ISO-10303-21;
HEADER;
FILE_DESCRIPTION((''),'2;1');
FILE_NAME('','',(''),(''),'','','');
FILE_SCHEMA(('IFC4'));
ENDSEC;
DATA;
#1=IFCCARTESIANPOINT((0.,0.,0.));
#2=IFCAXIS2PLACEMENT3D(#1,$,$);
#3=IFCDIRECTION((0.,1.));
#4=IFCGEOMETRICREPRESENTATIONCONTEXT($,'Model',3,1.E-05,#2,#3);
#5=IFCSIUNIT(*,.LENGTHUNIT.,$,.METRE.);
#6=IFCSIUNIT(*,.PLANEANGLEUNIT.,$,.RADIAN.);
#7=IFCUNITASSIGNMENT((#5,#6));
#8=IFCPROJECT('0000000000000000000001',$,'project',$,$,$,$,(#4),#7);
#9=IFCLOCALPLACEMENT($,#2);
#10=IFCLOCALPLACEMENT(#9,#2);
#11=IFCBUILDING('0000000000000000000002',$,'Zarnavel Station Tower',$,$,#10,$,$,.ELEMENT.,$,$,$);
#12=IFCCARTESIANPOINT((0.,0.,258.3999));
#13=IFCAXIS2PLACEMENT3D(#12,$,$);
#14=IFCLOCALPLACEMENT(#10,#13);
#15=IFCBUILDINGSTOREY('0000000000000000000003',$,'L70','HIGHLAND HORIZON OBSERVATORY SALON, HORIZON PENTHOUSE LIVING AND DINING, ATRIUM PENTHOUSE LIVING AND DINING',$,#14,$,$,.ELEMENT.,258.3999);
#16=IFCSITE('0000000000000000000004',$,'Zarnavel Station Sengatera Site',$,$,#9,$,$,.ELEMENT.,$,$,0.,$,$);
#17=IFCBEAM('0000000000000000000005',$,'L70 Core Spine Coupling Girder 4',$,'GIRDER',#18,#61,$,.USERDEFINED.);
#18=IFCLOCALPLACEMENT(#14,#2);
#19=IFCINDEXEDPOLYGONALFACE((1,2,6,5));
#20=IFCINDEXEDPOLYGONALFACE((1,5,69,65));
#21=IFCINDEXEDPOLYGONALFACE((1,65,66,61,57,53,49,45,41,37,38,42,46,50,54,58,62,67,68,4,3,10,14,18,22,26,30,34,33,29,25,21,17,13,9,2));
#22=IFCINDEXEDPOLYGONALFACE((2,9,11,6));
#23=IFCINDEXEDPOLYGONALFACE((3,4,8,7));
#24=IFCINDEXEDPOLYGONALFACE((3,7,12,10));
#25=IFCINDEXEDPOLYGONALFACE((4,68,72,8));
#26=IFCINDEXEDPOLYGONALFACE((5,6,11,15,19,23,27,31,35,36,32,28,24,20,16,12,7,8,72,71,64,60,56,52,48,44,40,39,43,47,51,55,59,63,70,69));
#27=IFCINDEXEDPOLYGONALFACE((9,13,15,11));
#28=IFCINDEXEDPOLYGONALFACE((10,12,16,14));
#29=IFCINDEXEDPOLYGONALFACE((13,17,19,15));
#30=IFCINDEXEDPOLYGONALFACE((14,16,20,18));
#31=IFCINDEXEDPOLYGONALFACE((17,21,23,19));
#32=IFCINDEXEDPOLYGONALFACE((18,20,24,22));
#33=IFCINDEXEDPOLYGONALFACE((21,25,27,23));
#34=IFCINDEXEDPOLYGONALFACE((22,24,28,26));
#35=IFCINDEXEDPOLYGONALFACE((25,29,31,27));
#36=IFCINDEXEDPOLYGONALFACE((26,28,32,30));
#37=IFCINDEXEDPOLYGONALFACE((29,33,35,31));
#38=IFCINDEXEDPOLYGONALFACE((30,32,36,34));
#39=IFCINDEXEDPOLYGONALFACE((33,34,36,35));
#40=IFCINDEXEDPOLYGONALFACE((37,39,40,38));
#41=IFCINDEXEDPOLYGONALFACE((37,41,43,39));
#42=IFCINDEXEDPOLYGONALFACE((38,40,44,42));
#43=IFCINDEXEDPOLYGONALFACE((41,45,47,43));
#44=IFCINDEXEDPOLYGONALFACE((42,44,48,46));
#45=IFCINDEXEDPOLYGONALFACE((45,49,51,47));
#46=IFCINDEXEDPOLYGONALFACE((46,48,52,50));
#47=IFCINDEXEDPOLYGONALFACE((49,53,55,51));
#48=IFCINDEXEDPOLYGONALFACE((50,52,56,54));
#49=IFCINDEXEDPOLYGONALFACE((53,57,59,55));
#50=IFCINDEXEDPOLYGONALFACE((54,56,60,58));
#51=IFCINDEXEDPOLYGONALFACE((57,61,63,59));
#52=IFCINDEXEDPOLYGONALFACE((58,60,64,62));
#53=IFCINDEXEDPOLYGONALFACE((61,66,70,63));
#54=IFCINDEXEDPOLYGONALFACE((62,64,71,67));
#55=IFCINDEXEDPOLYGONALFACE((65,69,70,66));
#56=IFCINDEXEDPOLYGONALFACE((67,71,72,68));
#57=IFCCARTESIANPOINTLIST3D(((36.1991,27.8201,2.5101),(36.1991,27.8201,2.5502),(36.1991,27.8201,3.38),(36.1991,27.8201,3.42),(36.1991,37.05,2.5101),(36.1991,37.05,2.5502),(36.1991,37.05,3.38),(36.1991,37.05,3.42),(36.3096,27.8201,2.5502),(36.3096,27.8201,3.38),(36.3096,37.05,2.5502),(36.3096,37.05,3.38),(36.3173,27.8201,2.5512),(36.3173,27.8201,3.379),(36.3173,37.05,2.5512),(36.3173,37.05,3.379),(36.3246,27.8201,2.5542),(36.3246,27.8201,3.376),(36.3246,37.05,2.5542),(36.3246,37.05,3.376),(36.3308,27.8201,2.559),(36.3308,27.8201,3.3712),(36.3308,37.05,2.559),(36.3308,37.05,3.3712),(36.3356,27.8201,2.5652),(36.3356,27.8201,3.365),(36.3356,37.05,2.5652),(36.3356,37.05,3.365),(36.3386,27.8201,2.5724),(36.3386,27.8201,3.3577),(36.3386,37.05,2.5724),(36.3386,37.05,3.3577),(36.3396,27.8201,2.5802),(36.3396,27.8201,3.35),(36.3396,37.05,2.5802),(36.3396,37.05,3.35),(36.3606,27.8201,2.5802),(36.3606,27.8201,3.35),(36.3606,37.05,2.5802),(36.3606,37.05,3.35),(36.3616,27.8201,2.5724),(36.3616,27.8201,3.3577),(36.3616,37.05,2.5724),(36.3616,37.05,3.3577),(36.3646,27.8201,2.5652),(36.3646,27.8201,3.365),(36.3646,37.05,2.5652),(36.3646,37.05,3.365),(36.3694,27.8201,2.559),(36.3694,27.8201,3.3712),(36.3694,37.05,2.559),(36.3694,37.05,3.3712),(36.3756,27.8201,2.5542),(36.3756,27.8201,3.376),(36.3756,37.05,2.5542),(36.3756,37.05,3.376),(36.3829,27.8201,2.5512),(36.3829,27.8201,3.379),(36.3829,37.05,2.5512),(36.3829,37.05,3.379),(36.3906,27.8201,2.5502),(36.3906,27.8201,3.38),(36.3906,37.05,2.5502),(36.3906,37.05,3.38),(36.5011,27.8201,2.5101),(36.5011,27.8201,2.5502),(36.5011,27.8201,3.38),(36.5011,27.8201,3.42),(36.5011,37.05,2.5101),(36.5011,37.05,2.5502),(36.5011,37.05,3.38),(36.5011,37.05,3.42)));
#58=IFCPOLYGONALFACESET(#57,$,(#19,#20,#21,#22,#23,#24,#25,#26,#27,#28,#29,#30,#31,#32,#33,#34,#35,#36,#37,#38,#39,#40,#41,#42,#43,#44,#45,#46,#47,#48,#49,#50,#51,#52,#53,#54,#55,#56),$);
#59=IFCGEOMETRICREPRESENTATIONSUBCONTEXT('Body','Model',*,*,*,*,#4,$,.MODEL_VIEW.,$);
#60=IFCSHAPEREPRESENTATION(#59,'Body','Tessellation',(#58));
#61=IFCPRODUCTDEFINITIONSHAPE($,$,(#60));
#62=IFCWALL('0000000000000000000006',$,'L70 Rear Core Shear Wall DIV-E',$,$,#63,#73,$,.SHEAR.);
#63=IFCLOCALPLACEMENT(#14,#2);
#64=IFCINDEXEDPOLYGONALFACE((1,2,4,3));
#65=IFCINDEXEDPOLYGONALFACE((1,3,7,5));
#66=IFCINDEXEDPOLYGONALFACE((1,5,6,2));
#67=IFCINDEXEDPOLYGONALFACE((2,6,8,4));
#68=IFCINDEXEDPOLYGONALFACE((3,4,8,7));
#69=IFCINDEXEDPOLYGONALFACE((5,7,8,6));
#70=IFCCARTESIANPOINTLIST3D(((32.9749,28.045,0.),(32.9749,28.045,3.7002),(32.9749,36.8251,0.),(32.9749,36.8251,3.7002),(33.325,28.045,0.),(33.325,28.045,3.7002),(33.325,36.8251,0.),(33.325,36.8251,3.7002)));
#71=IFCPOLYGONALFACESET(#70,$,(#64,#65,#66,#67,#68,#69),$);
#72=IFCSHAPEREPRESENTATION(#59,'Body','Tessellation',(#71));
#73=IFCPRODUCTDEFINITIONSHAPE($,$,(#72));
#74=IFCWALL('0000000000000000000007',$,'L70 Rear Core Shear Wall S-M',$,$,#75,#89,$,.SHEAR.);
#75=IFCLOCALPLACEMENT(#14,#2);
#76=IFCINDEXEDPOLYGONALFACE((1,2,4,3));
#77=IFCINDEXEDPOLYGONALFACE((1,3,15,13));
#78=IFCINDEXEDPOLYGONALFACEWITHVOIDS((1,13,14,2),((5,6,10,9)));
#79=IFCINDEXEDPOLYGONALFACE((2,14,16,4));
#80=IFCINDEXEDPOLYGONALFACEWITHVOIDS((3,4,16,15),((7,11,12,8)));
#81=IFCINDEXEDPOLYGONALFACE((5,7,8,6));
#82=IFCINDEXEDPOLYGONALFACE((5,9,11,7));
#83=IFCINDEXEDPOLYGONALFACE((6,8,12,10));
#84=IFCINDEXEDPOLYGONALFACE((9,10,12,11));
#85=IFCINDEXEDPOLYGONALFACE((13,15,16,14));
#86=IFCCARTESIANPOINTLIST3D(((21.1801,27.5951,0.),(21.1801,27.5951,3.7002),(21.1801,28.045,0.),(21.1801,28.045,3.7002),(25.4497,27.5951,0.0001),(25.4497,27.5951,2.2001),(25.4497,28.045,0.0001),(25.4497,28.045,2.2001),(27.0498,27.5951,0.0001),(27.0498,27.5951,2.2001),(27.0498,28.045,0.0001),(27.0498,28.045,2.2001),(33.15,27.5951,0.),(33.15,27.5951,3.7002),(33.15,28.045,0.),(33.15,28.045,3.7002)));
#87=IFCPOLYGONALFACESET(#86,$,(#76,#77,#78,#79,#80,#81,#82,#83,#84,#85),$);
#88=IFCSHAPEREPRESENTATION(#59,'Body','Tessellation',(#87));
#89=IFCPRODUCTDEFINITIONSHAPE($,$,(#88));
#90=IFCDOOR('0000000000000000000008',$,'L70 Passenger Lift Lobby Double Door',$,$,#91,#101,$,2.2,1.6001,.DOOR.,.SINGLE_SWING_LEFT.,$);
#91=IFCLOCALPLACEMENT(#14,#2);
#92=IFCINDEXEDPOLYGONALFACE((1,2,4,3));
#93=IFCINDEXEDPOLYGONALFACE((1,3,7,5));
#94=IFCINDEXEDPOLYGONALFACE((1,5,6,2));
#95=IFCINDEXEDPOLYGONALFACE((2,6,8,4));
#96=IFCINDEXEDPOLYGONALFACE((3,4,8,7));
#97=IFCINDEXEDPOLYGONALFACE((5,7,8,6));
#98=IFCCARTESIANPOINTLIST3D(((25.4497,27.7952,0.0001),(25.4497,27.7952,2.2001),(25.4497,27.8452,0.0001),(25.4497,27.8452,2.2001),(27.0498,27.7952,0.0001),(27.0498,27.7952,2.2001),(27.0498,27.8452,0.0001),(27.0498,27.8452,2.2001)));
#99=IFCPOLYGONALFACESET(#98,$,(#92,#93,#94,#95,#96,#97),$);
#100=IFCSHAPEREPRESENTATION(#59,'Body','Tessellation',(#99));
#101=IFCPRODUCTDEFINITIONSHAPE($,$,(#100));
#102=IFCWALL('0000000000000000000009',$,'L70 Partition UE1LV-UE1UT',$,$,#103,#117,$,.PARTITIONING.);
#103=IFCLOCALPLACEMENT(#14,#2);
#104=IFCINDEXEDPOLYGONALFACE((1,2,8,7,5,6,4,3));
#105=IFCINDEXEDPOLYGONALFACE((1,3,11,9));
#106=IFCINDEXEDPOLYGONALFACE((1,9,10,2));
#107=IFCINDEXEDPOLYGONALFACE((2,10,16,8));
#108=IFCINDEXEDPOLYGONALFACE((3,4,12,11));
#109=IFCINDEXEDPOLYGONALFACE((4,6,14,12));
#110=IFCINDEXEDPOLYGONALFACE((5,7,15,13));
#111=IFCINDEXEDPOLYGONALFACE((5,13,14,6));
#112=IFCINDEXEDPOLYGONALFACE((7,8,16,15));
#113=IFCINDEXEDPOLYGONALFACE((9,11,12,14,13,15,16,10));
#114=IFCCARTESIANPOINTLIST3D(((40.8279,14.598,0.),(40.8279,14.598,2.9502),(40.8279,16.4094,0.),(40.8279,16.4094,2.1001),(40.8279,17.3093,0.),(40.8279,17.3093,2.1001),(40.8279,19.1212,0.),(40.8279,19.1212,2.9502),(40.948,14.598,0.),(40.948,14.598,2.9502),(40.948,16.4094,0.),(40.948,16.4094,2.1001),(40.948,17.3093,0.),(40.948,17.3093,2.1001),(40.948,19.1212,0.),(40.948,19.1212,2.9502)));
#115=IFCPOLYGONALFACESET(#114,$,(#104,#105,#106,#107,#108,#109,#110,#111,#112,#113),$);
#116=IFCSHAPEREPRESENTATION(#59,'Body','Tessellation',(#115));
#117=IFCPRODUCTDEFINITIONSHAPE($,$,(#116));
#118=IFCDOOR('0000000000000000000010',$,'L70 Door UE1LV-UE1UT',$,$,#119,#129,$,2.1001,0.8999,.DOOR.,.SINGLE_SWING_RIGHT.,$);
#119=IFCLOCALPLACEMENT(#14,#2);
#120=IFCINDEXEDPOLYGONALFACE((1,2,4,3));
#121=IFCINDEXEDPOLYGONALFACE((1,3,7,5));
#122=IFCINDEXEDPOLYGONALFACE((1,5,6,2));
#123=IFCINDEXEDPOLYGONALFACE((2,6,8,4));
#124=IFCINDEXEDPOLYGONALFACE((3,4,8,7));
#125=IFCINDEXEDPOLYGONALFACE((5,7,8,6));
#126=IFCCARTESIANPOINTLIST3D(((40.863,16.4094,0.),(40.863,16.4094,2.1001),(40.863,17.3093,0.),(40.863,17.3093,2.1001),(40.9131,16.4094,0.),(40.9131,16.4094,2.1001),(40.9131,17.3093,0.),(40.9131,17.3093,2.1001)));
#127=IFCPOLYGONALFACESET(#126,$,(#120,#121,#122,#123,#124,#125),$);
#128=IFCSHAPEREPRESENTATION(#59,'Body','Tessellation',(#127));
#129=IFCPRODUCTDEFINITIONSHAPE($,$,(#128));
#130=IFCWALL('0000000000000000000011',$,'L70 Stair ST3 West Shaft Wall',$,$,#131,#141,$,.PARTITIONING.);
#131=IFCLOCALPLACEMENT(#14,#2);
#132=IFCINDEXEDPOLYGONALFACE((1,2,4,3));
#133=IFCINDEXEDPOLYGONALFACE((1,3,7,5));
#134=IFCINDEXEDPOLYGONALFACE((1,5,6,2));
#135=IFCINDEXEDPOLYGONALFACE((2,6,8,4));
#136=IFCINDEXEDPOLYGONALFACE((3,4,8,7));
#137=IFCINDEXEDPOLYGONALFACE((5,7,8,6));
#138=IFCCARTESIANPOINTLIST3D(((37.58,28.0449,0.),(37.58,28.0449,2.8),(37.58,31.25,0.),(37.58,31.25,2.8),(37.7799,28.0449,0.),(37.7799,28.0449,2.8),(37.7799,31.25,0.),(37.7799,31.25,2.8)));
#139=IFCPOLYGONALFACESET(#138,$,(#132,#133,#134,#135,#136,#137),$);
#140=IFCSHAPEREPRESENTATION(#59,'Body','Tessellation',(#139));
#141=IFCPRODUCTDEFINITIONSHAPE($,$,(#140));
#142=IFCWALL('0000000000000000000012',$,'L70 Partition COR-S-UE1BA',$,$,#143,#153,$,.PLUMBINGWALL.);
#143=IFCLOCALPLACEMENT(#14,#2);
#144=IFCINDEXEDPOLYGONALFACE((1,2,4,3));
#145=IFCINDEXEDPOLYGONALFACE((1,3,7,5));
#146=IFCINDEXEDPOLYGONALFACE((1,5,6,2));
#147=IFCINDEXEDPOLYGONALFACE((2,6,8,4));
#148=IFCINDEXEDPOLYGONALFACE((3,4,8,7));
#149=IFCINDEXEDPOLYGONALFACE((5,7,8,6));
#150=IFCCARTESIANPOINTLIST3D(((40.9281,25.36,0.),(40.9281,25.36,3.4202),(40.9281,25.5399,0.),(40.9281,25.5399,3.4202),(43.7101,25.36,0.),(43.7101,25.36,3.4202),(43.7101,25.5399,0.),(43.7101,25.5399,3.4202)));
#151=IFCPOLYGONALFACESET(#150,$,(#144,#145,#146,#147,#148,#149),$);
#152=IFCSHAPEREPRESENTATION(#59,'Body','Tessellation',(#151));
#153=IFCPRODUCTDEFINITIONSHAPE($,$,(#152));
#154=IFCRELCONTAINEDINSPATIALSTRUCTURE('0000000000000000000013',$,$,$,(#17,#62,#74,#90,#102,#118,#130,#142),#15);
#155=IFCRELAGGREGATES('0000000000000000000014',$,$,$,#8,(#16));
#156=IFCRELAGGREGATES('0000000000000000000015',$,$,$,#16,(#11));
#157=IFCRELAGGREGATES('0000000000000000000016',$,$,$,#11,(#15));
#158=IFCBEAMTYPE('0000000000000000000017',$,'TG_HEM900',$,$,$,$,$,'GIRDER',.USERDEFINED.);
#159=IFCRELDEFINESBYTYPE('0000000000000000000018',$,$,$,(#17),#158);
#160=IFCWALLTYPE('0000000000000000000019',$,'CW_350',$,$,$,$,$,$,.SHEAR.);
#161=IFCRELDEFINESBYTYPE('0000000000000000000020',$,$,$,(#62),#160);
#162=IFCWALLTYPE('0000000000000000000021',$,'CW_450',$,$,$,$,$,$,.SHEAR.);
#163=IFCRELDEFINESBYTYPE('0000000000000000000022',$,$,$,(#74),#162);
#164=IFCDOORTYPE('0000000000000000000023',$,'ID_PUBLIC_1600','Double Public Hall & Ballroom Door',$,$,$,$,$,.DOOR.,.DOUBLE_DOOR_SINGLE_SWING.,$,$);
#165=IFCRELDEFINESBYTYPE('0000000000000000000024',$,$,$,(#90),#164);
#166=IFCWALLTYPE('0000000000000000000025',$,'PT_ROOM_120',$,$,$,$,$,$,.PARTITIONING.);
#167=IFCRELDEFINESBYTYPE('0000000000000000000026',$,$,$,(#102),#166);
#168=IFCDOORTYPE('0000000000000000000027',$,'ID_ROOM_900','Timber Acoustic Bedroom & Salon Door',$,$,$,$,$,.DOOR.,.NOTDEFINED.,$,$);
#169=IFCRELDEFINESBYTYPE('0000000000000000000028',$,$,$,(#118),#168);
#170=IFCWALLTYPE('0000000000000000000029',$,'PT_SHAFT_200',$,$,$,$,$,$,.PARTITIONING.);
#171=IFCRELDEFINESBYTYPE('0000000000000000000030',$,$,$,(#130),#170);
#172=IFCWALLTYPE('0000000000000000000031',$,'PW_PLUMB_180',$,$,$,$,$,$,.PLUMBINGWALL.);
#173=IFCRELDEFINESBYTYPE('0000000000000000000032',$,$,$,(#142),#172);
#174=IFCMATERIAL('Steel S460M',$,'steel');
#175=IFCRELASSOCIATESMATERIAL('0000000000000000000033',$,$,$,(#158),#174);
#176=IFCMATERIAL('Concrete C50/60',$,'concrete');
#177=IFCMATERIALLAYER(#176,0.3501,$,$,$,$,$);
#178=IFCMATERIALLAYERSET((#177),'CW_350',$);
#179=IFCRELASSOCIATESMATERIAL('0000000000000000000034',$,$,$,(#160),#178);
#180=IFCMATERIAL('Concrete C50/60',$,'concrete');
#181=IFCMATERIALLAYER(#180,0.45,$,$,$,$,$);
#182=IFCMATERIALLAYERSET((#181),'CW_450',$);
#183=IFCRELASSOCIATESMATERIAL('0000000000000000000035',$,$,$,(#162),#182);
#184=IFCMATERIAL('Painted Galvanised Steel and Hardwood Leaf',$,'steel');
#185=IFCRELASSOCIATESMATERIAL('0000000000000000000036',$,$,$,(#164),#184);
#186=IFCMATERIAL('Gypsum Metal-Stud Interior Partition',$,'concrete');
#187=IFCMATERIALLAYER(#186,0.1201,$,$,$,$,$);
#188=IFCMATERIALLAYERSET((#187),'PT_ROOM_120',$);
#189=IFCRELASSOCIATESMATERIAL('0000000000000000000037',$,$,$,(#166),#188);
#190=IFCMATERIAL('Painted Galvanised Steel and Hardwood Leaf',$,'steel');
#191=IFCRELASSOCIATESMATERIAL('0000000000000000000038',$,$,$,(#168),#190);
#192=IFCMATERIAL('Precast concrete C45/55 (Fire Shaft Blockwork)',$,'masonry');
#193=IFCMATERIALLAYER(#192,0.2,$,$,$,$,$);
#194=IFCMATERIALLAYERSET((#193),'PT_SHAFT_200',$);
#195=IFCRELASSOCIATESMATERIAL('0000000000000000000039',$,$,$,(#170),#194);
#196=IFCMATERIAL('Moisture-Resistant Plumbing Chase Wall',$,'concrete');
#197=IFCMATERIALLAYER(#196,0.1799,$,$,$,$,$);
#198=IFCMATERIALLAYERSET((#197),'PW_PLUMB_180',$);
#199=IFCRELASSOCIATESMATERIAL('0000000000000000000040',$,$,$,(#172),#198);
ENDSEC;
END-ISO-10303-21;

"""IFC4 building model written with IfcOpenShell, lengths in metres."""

from ifc_helpers import new_model, si_unit, direction, frame, frame_2d, origin, origin_2d, place, context, subcontext, project, spatial, rectangle, i_section, extrude, material, layer, layer_set, material_profile, profile_set, type_object, element, fill, save


model = new_model("IFC4")

# Units and contexts
model_context = context("Model", 3, precision=1e-05, world=origin(), true_north=direction((0.0, 1.0)))
body_context = subcontext(model_context, "Body", "Model", "MODEL_VIEW")
ifc_project = project(units=[si_unit("LENGTHUNIT", "METRE"), si_unit("PLANEANGLEUNIT", "RADIAN")], contexts=[model_context])

# Site, building, storey
site_placement = place(None, origin())
site = spatial("IfcSite", under=ifc_project, at=site_placement, Name="Zarnavel Station Sengatera Site", CompositionType="ELEMENT", RefElevation=0.0)
building_placement = place(site_placement, origin())
building = spatial("IfcBuilding", under=site, at=building_placement, Name="Zarnavel Station Tower", CompositionType="ELEMENT")
storey_placement = place(building_placement, frame((0.0, 0.0, 258.3999)))
storey = spatial("IfcBuildingStorey", under=building, at=storey_placement, Name="L70", Description="HIGHLAND HORIZON OBSERVATORY SALON, HORIZON PENTHOUSE LIVING AND DINING, ATRIUM PENTHOUSE LIVING AND DINING", CompositionType="ELEMENT", Elevation=258.3999)

# Beam
ifc_material_1 = material(Name="Steel S460M", Category="steel")
ifc_material_profile_1 = material_profile(ifc_material_1, i_section(OverallWidth=0.302, OverallDepth=0.9099, WebThickness=0.021, FlangeThickness=0.04, FilletRadius=0.03, at=origin_2d()), Name="HEM900")
ifc_profile_set_1 = profile_set([ifc_material_profile_1], Name="Steel S460M")
beam_type_1 = type_object("IfcBeamType", Name="TG_HEM900", ElementType="GIRDER", PredefinedType="USERDEFINED", material=ifc_profile_set_1)
beam_1_placement = place(storey_placement, frame((36.3501, 27.8201, 2.9651), z_axis=(0.0, 1.0, 0.0), x_axis=(-1.0, 0.0, 0.0)))
element("IfcBeam", 1, at=beam_1_placement, inside=storey, type_object=beam_type_1, Name="L70 Core Spine Coupling Girder 4", ObjectType="GIRDER", PredefinedType="USERDEFINED", context=body_context, shape_type="SweptSolid", body=[
    extrude(i_section(OverallWidth=0.302, OverallDepth=0.9099, WebThickness=0.021, FlangeThickness=0.04, FilletRadius=0.03, at=origin_2d()), origin(), (0.0, 0.0, 1.0), 9.23),
])

# Wall
ifc_material_2 = material(Name="Concrete C50/60", Category="concrete")
ifc_layer_1 = layer(ifc_material_2, 0.3501)
ifc_layer_set_1 = layer_set([ifc_layer_1], Name="CW_350")
wall_type_1 = type_object("IfcWallType", Name="CW_350", PredefinedType="SHEAR", material=ifc_layer_set_1)
wall_1_placement = place(storey_placement, frame((33.1499, 28.0449, 0.0), z_axis=(0.0, 0.0, 1.0), x_axis=(0.0, 1.0, 0.0)))
element("IfcWall", 2, at=wall_1_placement, inside=storey, type_object=wall_type_1, Name="L70 Rear Core Shear Wall DIV-E", PredefinedType="SHEAR", context=body_context, shape_type="SweptSolid", body=[
    extrude(rectangle(XDim=8.78, YDim=0.3501, at=frame_2d((4.3901, 0.0))), origin(), (0.0, 0.0, 1.0), 3.7002),
])

# Walls, openings, doors
ifc_material_3 = material(Name="Concrete C50/60", Category="concrete")
ifc_layer_2 = layer(ifc_material_3, 0.45)
ifc_layer_set_2 = layer_set([ifc_layer_2], Name="CW_450")
wall_type_2 = type_object("IfcWallType", Name="CW_450", PredefinedType="SHEAR", material=ifc_layer_set_2)
wall_2_placement = place(storey_placement, frame((33.1499, 27.8201, 0.0), z_axis=(0.0, 0.0, 1.0), x_axis=(-1.0, 0.0, 0.0)))
wall_2 = element("IfcWall", 3, at=wall_2_placement, inside=storey, type_object=wall_type_2, Name="L70 Rear Core Shear Wall S-M", PredefinedType="SHEAR", context=body_context, shape_type="SweptSolid", body=[
    extrude(rectangle(XDim=11.97, YDim=0.45, at=frame_2d((5.9849, 0.0))), origin(), (0.0, 0.0, 1.0), 3.7002),
])
opening_1_placement = place(wall_2_placement, frame((6.1001, 0.0, 0.0)))
opening_1 = element("IfcOpeningElement", 4, at=opening_1_placement, cuts=wall_2, PredefinedType="OPENING", context=body_context, shape_type="SweptSolid", body=[
    extrude(rectangle(XDim=1.6001, YDim=2.2, at=frame_2d((0.8, 1.1001))), frame((0.0, 0.2349, 0.0), z_axis=(0.0, -1.0, 0.0), x_axis=(1.0, 0.0, 0.0)), (0.0, 0.0, 1.0), 0.47),
])
ifc_material_4 = material(Name="Painted Galvanised Steel and Hardwood Leaf", Category="steel")
door_type_1 = type_object("IfcDoorType", Name="ID_PUBLIC_1600", Description="Double Public Hall & Ballroom Door", OperationType="DOUBLE_DOOR_SINGLE_SWING", PredefinedType="DOOR", material=ifc_material_4)
door_1_placement = place(opening_1_placement, origin())
door_1 = element("IfcDoor", 5, at=door_1_placement, inside=storey, type_object=door_type_1, Name="L70 Passenger Lift Lobby Double Door", OperationType="SINGLE_SWING_LEFT", OverallHeight=2.2, OverallWidth=1.6001, PredefinedType="DOOR", context=body_context, shape_type="SweptSolid", body=[
    extrude(rectangle(XDim=1.6001, YDim=2.2, at=frame_2d((0.8, 1.1001))), frame((0.0, 0.0249, 0.0), z_axis=(0.0, -1.0, 0.0), x_axis=(1.0, 0.0, 0.0)), (0.0, 0.0, 1.0), 0.05),
])
fill(opening_1, door_1)
ifc_material_5 = material(Name="Gypsum Metal-Stud Interior Partition", Category="concrete")
ifc_layer_3 = layer(ifc_material_5, 0.1201)
ifc_layer_set_3 = layer_set([ifc_layer_3], Name="PT_ROOM_120")
wall_type_3 = type_object("IfcWallType", Name="PT_ROOM_120", PredefinedType="PARTITIONING", material=ifc_layer_set_3)
wall_3_placement = place(storey_placement, frame((40.8879, 14.5979, 0.0), z_axis=(0.0, 0.0, 1.0), x_axis=(0.0, 1.0, 0.0)))
wall_3 = element("IfcWall", 6, at=wall_3_placement, inside=storey, type_object=wall_type_3, Name="L70 Partition UE1LV-UE1UT", PredefinedType="PARTITIONING", context=body_context, shape_type="SweptSolid", body=[
    extrude(rectangle(XDim=4.5232, YDim=0.1201, at=frame_2d((2.2617, 0.0))), origin(), (0.0, 0.0, 1.0), 2.9502),
])
opening_2_placement = place(wall_3_placement, frame((1.8115, 0.0, 0.0)))
opening_2 = element("IfcOpeningElement", 7, at=opening_2_placement, cuts=wall_3, PredefinedType="OPENING", context=body_context, shape_type="SweptSolid", body=[
    extrude(rectangle(XDim=0.8999, YDim=2.1001, at=frame_2d((0.45, 1.05))), frame((0.0, 0.0701, 0.0), z_axis=(0.0, -1.0, 0.0), x_axis=(1.0, 0.0, 0.0)), (0.0, 0.0, 1.0), 0.1401),
])
ifc_material_6 = material(Name="Painted Galvanised Steel and Hardwood Leaf", Category="steel")
door_type_2 = type_object("IfcDoorType", Name="ID_ROOM_900", Description="Timber Acoustic Bedroom & Salon Door", OperationType="NOTDEFINED", PredefinedType="DOOR", material=ifc_material_6)
door_2_placement = place(opening_2_placement, origin())
door_2 = element("IfcDoor", 8, at=door_2_placement, inside=storey, type_object=door_type_2, Name="L70 Door UE1LV-UE1UT", OperationType="SINGLE_SWING_RIGHT", OverallHeight=2.1001, OverallWidth=0.8999, PredefinedType="DOOR", context=body_context, shape_type="SweptSolid", body=[
    extrude(rectangle(XDim=0.8999, YDim=2.1001, at=frame_2d((0.45, 1.05))), frame((0.0, 0.0249, 0.0), z_axis=(0.0, -1.0, 0.0), x_axis=(1.0, 0.0, 0.0)), (0.0, 0.0, 1.0), 0.05),
])
fill(opening_2, door_2)

# Walls
ifc_material_7 = material(Name="Precast concrete C45/55 (Fire Shaft Blockwork)", Category="masonry")
ifc_layer_4 = layer(ifc_material_7, 0.2)
ifc_layer_set_4 = layer_set([ifc_layer_4], Name="PT_SHAFT_200")
wall_type_4 = type_object("IfcWallType", Name="PT_SHAFT_200", PredefinedType="PARTITIONING", material=ifc_layer_set_4)
wall_4_placement = place(storey_placement, frame((37.6799, 28.0449, 0.0), z_axis=(0.0, 0.0, 1.0), x_axis=(0.0, 1.0, 0.0)))
element("IfcWall", 9, at=wall_4_placement, inside=storey, type_object=wall_type_4, Name="L70 Stair ST3 West Shaft Wall", PredefinedType="PARTITIONING", context=body_context, shape_type="SweptSolid", body=[
    extrude(rectangle(XDim=3.2051, YDim=0.2, at=frame_2d((1.6025, 0.0))), origin(), (0.0, 0.0, 1.0), 2.8),
])
ifc_material_8 = material(Name="Moisture-Resistant Plumbing Chase Wall", Category="concrete")
ifc_layer_5 = layer(ifc_material_8, 0.1799)
ifc_layer_set_5 = layer_set([ifc_layer_5], Name="PW_PLUMB_180")
wall_type_5 = type_object("IfcWallType", Name="PW_PLUMB_180", PredefinedType="PLUMBINGWALL", material=ifc_layer_set_5)
wall_5_placement = place(storey_placement, frame((40.928, 25.45, 0.0), z_axis=(0.0, 0.0, 1.0), x_axis=(1.0, 0.0, 0.0)))
element("IfcWall", 10, at=wall_5_placement, inside=storey, type_object=wall_type_5, Name="L70 Partition COR-S-UE1BA", PredefinedType="PLUMBINGWALL", context=body_context, shape_type="SweptSolid", body=[
    extrude(rectangle(XDim=2.782, YDim=0.1799, at=frame_2d((1.3911, 0.0))), origin(), (0.0, 0.0, 1.0), 3.4202),
])

save(model, "model.ifc")
